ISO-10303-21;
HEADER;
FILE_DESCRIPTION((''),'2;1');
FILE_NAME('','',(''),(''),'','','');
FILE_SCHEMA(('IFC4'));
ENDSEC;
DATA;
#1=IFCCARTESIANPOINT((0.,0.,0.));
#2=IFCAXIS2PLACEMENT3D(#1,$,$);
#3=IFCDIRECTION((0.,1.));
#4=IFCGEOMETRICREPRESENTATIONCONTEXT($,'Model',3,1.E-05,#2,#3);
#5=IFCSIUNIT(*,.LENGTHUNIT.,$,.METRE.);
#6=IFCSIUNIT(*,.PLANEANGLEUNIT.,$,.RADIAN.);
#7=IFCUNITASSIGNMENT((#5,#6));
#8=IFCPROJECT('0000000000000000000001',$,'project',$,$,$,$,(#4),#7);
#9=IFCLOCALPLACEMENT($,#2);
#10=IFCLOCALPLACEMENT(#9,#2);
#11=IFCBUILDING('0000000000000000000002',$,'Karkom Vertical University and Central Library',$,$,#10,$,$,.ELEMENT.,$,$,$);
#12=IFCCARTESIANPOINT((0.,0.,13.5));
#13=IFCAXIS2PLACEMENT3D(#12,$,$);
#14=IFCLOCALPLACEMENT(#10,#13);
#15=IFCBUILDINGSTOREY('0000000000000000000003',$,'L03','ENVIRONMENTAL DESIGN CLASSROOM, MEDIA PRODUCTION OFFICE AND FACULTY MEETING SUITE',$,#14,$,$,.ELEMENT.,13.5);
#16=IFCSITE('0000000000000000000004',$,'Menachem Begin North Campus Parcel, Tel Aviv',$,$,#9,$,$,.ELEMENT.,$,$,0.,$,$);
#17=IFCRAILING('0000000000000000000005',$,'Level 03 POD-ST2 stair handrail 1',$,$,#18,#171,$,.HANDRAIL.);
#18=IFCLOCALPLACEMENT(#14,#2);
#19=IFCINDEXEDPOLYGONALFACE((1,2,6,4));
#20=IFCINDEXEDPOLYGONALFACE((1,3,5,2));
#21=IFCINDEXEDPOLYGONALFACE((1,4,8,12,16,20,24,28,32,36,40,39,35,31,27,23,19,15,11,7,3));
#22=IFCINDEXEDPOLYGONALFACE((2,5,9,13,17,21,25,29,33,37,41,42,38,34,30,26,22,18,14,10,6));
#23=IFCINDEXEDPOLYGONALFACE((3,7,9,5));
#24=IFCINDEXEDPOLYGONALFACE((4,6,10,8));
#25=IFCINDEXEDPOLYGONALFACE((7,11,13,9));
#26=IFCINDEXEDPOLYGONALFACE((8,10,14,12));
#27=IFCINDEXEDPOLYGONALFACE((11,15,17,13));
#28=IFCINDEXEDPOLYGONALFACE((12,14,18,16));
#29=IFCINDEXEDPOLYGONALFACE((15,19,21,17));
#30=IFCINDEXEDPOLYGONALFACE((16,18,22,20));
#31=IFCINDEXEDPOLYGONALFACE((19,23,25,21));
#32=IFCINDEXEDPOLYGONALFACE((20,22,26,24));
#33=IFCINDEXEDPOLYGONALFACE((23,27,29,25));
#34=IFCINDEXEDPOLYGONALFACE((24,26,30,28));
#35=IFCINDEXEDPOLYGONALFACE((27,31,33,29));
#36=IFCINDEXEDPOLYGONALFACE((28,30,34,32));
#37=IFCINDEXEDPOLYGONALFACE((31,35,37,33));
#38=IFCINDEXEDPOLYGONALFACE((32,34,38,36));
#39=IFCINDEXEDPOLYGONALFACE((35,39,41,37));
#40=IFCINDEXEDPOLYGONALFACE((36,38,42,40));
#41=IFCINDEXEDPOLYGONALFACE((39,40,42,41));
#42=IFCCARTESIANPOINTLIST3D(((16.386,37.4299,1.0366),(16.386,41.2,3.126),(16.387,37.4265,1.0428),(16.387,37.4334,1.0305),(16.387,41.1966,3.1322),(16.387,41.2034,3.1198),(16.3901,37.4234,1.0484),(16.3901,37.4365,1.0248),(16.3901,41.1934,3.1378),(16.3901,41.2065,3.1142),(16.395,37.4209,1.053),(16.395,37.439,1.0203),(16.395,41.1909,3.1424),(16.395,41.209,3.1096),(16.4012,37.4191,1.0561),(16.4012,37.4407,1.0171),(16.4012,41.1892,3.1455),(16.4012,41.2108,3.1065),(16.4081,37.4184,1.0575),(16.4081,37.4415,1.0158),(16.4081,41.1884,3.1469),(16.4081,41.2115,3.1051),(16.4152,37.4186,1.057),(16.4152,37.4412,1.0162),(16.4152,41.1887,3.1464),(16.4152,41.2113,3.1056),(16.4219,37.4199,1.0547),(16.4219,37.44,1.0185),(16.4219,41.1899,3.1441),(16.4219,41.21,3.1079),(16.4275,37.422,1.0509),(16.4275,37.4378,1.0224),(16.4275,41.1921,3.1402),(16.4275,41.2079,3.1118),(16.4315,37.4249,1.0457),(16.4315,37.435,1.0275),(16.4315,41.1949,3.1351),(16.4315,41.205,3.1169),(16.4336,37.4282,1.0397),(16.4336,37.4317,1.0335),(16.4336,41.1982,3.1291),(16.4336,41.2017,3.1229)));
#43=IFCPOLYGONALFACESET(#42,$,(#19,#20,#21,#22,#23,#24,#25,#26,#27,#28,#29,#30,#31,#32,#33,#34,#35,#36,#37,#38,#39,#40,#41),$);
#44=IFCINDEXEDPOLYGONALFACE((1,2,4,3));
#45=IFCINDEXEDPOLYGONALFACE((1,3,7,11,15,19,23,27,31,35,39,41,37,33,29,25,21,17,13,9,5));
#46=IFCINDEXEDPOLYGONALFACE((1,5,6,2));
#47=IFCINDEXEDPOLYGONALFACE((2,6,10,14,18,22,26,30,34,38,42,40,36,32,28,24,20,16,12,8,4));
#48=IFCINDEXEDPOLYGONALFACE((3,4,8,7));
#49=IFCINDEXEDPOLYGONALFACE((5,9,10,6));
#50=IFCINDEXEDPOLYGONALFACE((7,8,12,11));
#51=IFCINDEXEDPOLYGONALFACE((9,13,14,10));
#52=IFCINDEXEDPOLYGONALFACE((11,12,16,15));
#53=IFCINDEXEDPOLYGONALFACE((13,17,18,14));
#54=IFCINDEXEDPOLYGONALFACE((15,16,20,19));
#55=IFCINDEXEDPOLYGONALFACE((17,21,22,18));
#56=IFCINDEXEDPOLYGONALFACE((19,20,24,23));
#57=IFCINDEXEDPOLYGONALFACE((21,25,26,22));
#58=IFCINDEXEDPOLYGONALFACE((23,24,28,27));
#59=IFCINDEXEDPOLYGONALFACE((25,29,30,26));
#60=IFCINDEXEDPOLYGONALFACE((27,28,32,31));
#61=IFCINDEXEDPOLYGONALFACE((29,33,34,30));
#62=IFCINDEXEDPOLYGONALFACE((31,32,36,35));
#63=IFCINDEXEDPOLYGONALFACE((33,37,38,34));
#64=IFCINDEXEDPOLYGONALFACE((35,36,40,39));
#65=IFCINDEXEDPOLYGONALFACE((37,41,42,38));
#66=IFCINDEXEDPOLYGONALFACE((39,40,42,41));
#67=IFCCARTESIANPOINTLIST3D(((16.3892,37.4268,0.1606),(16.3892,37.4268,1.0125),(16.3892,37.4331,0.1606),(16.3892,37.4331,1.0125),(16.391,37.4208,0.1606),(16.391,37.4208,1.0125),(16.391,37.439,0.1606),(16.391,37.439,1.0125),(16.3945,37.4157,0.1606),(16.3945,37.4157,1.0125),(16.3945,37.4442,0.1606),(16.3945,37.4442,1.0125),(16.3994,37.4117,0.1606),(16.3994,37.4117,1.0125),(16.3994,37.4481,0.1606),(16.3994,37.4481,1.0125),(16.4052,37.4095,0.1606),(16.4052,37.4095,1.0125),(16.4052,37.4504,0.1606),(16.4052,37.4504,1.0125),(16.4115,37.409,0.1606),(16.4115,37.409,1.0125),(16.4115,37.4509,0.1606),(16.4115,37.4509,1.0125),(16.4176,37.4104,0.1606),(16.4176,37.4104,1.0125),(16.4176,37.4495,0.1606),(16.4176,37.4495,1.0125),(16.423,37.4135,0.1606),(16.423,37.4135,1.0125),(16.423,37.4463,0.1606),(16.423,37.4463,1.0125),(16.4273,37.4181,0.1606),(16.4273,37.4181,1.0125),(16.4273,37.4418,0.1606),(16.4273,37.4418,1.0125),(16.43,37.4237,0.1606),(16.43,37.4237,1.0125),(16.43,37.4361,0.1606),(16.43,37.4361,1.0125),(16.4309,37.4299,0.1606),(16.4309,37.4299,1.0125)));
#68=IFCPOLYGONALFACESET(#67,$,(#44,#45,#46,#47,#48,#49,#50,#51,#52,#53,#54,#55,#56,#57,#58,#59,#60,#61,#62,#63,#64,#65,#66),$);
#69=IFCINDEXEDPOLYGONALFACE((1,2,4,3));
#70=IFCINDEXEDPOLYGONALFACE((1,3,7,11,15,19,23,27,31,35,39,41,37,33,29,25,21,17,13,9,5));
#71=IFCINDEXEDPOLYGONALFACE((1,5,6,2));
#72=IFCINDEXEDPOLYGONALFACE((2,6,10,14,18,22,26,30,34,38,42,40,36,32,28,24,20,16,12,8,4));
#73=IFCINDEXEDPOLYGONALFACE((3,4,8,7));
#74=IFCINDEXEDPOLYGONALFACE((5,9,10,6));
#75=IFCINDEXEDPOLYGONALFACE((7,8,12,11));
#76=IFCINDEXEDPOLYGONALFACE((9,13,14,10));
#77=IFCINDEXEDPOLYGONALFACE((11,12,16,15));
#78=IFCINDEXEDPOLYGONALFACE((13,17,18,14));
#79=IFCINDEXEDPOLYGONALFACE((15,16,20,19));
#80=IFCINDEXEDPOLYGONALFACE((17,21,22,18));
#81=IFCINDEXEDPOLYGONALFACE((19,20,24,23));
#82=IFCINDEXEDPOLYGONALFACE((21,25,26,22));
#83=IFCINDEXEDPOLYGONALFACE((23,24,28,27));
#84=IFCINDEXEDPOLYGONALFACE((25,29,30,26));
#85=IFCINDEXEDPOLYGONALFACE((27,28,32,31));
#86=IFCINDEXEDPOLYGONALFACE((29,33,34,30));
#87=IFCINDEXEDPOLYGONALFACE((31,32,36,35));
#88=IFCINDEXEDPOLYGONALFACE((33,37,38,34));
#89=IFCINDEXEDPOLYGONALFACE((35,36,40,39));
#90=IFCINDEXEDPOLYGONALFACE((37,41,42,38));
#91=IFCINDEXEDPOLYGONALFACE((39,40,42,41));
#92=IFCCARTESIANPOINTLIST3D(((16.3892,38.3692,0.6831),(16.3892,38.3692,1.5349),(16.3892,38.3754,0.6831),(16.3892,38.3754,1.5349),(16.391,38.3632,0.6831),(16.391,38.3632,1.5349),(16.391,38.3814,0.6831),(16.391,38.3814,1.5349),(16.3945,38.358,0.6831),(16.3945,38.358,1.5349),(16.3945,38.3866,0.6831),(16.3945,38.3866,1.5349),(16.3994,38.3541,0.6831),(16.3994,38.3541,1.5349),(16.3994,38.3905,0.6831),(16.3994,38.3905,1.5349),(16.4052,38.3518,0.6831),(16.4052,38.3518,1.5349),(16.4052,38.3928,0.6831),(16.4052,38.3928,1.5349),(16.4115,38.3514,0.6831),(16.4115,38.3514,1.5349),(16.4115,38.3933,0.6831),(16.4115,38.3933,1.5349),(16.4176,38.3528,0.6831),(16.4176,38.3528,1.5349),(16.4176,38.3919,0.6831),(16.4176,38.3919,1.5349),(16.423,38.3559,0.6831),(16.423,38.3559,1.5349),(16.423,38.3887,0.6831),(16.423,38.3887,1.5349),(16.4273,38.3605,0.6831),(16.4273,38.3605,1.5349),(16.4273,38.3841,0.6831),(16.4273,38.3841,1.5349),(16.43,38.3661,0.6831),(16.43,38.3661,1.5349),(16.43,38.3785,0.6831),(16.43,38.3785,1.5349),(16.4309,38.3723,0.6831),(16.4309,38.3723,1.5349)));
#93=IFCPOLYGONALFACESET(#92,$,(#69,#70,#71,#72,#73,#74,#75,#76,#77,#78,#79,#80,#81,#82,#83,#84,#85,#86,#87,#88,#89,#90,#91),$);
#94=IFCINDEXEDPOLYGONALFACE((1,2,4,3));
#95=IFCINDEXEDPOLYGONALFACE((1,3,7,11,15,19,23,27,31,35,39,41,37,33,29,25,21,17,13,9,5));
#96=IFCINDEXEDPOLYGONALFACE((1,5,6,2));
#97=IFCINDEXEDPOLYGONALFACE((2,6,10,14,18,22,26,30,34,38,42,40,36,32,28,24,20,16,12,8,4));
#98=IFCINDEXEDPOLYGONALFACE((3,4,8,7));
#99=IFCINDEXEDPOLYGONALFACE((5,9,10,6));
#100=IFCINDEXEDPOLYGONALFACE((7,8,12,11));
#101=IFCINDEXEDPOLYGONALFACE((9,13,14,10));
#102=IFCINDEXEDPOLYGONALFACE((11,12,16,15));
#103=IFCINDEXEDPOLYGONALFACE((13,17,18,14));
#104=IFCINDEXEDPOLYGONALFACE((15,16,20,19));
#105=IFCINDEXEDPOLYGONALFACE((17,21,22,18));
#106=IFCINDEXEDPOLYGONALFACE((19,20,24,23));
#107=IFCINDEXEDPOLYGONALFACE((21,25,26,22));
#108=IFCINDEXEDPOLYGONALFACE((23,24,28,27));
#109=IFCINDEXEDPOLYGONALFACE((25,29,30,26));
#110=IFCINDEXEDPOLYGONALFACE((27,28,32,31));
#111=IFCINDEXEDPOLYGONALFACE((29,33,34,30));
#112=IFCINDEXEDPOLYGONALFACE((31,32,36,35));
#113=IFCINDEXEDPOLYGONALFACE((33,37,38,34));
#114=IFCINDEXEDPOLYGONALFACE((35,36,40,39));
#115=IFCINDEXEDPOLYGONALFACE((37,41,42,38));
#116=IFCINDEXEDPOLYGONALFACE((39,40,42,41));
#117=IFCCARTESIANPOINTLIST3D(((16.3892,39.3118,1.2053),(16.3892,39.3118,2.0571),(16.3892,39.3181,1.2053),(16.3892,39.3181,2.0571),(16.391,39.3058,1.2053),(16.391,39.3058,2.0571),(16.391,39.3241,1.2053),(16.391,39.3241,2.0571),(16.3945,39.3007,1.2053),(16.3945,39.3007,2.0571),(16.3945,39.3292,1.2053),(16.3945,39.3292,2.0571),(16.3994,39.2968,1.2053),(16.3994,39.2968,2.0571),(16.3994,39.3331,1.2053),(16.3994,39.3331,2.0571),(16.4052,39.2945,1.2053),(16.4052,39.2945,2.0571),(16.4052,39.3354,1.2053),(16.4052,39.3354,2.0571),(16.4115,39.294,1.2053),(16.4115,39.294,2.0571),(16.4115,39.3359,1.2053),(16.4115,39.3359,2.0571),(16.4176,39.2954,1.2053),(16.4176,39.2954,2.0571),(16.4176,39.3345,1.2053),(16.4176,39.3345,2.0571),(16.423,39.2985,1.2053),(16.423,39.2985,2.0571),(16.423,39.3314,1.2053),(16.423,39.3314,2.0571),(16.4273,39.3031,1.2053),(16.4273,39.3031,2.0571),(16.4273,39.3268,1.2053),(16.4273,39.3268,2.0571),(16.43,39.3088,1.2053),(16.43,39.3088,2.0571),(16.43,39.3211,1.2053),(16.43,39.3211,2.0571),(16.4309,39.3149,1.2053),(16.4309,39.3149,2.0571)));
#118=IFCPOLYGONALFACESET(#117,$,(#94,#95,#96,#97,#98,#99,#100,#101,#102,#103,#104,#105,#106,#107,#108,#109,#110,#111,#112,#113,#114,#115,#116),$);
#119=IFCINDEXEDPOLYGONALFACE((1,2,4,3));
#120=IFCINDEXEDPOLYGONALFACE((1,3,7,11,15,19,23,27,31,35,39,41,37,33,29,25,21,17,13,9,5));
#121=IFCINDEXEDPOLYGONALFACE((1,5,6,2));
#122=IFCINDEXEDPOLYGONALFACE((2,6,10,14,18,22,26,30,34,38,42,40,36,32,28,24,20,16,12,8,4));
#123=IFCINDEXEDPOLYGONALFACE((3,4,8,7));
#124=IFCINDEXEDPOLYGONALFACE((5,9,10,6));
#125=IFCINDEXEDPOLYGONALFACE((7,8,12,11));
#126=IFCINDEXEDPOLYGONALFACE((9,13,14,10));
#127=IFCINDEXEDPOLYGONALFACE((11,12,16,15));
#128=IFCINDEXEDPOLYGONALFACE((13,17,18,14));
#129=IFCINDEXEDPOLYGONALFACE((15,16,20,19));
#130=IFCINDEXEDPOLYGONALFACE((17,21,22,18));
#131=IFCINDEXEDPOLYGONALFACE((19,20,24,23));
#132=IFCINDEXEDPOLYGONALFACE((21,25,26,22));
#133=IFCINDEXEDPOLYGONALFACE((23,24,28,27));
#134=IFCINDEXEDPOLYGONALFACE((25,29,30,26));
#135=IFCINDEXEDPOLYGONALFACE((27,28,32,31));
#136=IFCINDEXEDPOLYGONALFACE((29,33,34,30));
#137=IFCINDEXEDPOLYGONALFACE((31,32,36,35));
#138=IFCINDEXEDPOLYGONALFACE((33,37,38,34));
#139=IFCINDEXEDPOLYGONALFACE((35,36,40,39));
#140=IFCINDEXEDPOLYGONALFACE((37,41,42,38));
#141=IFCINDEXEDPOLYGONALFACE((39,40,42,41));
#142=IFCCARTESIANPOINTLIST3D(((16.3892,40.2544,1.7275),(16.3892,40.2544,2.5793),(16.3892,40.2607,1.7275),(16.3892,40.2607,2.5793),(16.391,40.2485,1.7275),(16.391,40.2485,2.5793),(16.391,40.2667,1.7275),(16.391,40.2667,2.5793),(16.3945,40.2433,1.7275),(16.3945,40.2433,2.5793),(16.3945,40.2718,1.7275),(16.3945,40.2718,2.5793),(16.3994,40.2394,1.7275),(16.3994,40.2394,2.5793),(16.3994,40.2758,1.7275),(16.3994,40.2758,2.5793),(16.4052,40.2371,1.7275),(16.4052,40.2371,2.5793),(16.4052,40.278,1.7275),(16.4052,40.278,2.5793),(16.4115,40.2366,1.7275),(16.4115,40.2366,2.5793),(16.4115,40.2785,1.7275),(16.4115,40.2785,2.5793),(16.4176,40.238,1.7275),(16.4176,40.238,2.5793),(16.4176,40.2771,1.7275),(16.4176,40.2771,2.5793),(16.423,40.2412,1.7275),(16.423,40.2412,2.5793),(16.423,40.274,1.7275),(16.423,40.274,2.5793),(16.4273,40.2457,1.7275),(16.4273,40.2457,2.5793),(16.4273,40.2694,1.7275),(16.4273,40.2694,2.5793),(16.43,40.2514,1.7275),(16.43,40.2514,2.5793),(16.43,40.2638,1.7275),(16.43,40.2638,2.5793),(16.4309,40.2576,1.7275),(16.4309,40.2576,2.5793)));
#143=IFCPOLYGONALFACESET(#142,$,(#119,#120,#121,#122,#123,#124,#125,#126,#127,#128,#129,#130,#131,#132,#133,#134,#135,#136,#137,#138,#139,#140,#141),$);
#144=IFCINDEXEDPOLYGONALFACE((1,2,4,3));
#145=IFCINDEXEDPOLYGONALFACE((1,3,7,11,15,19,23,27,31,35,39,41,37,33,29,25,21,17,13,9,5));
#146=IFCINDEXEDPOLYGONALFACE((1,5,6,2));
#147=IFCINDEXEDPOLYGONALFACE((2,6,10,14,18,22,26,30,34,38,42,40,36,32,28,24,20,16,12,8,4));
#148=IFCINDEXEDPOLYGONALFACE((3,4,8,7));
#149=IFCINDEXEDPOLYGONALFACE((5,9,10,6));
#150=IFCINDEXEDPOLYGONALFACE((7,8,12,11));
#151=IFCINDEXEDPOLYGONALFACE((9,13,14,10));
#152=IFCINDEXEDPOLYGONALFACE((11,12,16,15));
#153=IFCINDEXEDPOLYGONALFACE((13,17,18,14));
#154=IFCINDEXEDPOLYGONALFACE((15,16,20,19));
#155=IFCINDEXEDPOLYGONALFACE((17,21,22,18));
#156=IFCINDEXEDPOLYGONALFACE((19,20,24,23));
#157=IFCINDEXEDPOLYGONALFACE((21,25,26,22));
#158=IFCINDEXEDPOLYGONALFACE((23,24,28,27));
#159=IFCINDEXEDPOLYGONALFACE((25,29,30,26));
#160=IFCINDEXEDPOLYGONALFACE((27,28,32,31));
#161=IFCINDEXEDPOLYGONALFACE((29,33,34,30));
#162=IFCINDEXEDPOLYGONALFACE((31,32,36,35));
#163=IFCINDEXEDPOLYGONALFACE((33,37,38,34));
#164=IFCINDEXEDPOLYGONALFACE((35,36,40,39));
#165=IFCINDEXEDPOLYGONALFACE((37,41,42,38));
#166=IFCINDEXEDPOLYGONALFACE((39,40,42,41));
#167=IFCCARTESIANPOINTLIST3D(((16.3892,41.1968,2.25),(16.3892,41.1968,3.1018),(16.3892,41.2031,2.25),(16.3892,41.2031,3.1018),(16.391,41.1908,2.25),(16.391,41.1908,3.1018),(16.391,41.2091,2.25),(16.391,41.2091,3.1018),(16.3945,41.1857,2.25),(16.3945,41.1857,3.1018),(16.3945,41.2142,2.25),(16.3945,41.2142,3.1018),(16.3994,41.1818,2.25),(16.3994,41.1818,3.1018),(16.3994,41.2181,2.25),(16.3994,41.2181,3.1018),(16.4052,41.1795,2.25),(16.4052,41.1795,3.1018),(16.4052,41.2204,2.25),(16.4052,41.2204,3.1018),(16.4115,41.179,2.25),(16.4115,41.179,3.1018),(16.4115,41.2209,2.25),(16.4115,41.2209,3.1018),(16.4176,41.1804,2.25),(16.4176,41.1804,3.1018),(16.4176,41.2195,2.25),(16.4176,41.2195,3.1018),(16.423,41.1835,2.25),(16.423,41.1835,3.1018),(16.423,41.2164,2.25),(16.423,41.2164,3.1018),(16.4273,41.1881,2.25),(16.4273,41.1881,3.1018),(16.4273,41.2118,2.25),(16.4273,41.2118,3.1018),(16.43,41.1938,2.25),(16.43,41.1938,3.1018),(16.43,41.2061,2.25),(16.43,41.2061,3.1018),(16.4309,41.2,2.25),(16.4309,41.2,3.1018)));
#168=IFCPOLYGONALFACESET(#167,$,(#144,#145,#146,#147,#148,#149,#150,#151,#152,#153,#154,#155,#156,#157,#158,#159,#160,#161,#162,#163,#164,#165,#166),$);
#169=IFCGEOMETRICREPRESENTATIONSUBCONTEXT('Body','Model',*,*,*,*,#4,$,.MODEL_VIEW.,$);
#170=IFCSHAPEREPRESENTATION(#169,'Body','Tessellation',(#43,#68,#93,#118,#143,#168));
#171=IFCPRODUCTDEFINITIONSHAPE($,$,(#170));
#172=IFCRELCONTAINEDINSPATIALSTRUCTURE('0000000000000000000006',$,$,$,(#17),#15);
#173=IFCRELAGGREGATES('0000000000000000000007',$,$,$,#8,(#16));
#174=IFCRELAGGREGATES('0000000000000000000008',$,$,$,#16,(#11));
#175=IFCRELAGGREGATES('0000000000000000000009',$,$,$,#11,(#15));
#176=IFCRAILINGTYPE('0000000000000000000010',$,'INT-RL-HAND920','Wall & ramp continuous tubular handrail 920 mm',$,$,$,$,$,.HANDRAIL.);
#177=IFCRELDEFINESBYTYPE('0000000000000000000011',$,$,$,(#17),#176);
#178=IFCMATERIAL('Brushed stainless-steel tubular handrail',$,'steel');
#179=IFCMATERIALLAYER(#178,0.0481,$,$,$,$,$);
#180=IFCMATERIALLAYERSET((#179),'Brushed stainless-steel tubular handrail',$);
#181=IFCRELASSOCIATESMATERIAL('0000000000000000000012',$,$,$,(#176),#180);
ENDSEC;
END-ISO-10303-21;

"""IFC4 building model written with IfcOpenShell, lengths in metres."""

from ifc_helpers import new_model, si_unit, direction, frame, origin, origin_2d, place, context, subcontext, project, spatial, circle, extrude, material, layer, layer_set, type_object, element, save


model = new_model("IFC4")

# Units and contexts
model_context = context("Model", 3, precision=1e-05, world=origin(), true_north=direction((0.0, 1.0)))
body_context = subcontext(model_context, "Body", "Model", "MODEL_VIEW")
ifc_project = project(units=[si_unit("LENGTHUNIT", "METRE"), si_unit("PLANEANGLEUNIT", "RADIAN")], contexts=[model_context])

# Site, building, storey
site_placement = place(None, origin())
site = spatial("IfcSite", under=ifc_project, at=site_placement, Name="Menachem Begin North Campus Parcel, Tel Aviv", CompositionType="ELEMENT", RefElevation=0.0)
building_placement = place(site_placement, origin())
building = spatial("IfcBuilding", under=site, at=building_placement, Name="Karkom Vertical University and Central Library", CompositionType="ELEMENT")
storey_placement = place(building_placement, frame((0.0, 0.0, 13.5)))
storey = spatial("IfcBuildingStorey", under=building, at=storey_placement, Name="L03", Description="ENVIRONMENTAL DESIGN CLASSROOM, MEDIA PRODUCTION OFFICE AND FACULTY MEETING SUITE", CompositionType="ELEMENT", Elevation=13.5)

# Railing
ifc_material_1 = material(Name="Brushed stainless-steel tubular handrail", Category="steel")
ifc_layer_1 = layer(ifc_material_1, 0.0481)
ifc_layer_set_1 = layer_set([ifc_layer_1], Name="Brushed stainless-steel tubular handrail")
railing_type_1 = type_object("IfcRailingType", Name="INT-RL-HAND920", Description="Wall & ramp continuous tubular handrail 920 mm", PredefinedType="HANDRAIL", material=ifc_layer_set_1)
railing_1_placement = place(storey_placement, frame((16.4099, 37.4299, 0.1606)))
element("IfcRailing", 1, at=railing_1_placement, inside=storey, type_object=railing_type_1, Name="Level 03 POD-ST2 stair handrail 1", PredefinedType="HANDRAIL", context=body_context, shape_type="SweptSolid", body=[
    extrude(circle(Radius=0.0239, at=origin_2d()), frame((0.0, 0.0, 0.876), z_axis=(0.0, 0.874659, 0.484739), x_axis=(-1.0, 0.0, 0.0)), (0.0, 0.0, 1.0), 4.3103),
    extrude(circle(Radius=0.021, at=origin_2d()), origin(), (0.0, 0.0, 1.0), 0.8518),
    extrude(circle(Radius=0.021, at=origin_2d()), frame((0.0, 0.9424, 0.5225)), (0.0, 0.0, 1.0), 0.8518),
    extrude(circle(Radius=0.021, at=origin_2d()), frame((0.0, 1.885, 1.0447)), (0.0, 0.0, 1.0), 0.8518),
    extrude(circle(Radius=0.021, at=origin_2d()), frame((0.0, 2.8276, 1.5669)), (0.0, 0.0, 1.0), 0.8518),
    extrude(circle(Radius=0.021, at=origin_2d()), frame((0.0, 3.77, 2.0894)), (0.0, 0.0, 1.0), 0.8518),
])

save(model, "model.ifc")
